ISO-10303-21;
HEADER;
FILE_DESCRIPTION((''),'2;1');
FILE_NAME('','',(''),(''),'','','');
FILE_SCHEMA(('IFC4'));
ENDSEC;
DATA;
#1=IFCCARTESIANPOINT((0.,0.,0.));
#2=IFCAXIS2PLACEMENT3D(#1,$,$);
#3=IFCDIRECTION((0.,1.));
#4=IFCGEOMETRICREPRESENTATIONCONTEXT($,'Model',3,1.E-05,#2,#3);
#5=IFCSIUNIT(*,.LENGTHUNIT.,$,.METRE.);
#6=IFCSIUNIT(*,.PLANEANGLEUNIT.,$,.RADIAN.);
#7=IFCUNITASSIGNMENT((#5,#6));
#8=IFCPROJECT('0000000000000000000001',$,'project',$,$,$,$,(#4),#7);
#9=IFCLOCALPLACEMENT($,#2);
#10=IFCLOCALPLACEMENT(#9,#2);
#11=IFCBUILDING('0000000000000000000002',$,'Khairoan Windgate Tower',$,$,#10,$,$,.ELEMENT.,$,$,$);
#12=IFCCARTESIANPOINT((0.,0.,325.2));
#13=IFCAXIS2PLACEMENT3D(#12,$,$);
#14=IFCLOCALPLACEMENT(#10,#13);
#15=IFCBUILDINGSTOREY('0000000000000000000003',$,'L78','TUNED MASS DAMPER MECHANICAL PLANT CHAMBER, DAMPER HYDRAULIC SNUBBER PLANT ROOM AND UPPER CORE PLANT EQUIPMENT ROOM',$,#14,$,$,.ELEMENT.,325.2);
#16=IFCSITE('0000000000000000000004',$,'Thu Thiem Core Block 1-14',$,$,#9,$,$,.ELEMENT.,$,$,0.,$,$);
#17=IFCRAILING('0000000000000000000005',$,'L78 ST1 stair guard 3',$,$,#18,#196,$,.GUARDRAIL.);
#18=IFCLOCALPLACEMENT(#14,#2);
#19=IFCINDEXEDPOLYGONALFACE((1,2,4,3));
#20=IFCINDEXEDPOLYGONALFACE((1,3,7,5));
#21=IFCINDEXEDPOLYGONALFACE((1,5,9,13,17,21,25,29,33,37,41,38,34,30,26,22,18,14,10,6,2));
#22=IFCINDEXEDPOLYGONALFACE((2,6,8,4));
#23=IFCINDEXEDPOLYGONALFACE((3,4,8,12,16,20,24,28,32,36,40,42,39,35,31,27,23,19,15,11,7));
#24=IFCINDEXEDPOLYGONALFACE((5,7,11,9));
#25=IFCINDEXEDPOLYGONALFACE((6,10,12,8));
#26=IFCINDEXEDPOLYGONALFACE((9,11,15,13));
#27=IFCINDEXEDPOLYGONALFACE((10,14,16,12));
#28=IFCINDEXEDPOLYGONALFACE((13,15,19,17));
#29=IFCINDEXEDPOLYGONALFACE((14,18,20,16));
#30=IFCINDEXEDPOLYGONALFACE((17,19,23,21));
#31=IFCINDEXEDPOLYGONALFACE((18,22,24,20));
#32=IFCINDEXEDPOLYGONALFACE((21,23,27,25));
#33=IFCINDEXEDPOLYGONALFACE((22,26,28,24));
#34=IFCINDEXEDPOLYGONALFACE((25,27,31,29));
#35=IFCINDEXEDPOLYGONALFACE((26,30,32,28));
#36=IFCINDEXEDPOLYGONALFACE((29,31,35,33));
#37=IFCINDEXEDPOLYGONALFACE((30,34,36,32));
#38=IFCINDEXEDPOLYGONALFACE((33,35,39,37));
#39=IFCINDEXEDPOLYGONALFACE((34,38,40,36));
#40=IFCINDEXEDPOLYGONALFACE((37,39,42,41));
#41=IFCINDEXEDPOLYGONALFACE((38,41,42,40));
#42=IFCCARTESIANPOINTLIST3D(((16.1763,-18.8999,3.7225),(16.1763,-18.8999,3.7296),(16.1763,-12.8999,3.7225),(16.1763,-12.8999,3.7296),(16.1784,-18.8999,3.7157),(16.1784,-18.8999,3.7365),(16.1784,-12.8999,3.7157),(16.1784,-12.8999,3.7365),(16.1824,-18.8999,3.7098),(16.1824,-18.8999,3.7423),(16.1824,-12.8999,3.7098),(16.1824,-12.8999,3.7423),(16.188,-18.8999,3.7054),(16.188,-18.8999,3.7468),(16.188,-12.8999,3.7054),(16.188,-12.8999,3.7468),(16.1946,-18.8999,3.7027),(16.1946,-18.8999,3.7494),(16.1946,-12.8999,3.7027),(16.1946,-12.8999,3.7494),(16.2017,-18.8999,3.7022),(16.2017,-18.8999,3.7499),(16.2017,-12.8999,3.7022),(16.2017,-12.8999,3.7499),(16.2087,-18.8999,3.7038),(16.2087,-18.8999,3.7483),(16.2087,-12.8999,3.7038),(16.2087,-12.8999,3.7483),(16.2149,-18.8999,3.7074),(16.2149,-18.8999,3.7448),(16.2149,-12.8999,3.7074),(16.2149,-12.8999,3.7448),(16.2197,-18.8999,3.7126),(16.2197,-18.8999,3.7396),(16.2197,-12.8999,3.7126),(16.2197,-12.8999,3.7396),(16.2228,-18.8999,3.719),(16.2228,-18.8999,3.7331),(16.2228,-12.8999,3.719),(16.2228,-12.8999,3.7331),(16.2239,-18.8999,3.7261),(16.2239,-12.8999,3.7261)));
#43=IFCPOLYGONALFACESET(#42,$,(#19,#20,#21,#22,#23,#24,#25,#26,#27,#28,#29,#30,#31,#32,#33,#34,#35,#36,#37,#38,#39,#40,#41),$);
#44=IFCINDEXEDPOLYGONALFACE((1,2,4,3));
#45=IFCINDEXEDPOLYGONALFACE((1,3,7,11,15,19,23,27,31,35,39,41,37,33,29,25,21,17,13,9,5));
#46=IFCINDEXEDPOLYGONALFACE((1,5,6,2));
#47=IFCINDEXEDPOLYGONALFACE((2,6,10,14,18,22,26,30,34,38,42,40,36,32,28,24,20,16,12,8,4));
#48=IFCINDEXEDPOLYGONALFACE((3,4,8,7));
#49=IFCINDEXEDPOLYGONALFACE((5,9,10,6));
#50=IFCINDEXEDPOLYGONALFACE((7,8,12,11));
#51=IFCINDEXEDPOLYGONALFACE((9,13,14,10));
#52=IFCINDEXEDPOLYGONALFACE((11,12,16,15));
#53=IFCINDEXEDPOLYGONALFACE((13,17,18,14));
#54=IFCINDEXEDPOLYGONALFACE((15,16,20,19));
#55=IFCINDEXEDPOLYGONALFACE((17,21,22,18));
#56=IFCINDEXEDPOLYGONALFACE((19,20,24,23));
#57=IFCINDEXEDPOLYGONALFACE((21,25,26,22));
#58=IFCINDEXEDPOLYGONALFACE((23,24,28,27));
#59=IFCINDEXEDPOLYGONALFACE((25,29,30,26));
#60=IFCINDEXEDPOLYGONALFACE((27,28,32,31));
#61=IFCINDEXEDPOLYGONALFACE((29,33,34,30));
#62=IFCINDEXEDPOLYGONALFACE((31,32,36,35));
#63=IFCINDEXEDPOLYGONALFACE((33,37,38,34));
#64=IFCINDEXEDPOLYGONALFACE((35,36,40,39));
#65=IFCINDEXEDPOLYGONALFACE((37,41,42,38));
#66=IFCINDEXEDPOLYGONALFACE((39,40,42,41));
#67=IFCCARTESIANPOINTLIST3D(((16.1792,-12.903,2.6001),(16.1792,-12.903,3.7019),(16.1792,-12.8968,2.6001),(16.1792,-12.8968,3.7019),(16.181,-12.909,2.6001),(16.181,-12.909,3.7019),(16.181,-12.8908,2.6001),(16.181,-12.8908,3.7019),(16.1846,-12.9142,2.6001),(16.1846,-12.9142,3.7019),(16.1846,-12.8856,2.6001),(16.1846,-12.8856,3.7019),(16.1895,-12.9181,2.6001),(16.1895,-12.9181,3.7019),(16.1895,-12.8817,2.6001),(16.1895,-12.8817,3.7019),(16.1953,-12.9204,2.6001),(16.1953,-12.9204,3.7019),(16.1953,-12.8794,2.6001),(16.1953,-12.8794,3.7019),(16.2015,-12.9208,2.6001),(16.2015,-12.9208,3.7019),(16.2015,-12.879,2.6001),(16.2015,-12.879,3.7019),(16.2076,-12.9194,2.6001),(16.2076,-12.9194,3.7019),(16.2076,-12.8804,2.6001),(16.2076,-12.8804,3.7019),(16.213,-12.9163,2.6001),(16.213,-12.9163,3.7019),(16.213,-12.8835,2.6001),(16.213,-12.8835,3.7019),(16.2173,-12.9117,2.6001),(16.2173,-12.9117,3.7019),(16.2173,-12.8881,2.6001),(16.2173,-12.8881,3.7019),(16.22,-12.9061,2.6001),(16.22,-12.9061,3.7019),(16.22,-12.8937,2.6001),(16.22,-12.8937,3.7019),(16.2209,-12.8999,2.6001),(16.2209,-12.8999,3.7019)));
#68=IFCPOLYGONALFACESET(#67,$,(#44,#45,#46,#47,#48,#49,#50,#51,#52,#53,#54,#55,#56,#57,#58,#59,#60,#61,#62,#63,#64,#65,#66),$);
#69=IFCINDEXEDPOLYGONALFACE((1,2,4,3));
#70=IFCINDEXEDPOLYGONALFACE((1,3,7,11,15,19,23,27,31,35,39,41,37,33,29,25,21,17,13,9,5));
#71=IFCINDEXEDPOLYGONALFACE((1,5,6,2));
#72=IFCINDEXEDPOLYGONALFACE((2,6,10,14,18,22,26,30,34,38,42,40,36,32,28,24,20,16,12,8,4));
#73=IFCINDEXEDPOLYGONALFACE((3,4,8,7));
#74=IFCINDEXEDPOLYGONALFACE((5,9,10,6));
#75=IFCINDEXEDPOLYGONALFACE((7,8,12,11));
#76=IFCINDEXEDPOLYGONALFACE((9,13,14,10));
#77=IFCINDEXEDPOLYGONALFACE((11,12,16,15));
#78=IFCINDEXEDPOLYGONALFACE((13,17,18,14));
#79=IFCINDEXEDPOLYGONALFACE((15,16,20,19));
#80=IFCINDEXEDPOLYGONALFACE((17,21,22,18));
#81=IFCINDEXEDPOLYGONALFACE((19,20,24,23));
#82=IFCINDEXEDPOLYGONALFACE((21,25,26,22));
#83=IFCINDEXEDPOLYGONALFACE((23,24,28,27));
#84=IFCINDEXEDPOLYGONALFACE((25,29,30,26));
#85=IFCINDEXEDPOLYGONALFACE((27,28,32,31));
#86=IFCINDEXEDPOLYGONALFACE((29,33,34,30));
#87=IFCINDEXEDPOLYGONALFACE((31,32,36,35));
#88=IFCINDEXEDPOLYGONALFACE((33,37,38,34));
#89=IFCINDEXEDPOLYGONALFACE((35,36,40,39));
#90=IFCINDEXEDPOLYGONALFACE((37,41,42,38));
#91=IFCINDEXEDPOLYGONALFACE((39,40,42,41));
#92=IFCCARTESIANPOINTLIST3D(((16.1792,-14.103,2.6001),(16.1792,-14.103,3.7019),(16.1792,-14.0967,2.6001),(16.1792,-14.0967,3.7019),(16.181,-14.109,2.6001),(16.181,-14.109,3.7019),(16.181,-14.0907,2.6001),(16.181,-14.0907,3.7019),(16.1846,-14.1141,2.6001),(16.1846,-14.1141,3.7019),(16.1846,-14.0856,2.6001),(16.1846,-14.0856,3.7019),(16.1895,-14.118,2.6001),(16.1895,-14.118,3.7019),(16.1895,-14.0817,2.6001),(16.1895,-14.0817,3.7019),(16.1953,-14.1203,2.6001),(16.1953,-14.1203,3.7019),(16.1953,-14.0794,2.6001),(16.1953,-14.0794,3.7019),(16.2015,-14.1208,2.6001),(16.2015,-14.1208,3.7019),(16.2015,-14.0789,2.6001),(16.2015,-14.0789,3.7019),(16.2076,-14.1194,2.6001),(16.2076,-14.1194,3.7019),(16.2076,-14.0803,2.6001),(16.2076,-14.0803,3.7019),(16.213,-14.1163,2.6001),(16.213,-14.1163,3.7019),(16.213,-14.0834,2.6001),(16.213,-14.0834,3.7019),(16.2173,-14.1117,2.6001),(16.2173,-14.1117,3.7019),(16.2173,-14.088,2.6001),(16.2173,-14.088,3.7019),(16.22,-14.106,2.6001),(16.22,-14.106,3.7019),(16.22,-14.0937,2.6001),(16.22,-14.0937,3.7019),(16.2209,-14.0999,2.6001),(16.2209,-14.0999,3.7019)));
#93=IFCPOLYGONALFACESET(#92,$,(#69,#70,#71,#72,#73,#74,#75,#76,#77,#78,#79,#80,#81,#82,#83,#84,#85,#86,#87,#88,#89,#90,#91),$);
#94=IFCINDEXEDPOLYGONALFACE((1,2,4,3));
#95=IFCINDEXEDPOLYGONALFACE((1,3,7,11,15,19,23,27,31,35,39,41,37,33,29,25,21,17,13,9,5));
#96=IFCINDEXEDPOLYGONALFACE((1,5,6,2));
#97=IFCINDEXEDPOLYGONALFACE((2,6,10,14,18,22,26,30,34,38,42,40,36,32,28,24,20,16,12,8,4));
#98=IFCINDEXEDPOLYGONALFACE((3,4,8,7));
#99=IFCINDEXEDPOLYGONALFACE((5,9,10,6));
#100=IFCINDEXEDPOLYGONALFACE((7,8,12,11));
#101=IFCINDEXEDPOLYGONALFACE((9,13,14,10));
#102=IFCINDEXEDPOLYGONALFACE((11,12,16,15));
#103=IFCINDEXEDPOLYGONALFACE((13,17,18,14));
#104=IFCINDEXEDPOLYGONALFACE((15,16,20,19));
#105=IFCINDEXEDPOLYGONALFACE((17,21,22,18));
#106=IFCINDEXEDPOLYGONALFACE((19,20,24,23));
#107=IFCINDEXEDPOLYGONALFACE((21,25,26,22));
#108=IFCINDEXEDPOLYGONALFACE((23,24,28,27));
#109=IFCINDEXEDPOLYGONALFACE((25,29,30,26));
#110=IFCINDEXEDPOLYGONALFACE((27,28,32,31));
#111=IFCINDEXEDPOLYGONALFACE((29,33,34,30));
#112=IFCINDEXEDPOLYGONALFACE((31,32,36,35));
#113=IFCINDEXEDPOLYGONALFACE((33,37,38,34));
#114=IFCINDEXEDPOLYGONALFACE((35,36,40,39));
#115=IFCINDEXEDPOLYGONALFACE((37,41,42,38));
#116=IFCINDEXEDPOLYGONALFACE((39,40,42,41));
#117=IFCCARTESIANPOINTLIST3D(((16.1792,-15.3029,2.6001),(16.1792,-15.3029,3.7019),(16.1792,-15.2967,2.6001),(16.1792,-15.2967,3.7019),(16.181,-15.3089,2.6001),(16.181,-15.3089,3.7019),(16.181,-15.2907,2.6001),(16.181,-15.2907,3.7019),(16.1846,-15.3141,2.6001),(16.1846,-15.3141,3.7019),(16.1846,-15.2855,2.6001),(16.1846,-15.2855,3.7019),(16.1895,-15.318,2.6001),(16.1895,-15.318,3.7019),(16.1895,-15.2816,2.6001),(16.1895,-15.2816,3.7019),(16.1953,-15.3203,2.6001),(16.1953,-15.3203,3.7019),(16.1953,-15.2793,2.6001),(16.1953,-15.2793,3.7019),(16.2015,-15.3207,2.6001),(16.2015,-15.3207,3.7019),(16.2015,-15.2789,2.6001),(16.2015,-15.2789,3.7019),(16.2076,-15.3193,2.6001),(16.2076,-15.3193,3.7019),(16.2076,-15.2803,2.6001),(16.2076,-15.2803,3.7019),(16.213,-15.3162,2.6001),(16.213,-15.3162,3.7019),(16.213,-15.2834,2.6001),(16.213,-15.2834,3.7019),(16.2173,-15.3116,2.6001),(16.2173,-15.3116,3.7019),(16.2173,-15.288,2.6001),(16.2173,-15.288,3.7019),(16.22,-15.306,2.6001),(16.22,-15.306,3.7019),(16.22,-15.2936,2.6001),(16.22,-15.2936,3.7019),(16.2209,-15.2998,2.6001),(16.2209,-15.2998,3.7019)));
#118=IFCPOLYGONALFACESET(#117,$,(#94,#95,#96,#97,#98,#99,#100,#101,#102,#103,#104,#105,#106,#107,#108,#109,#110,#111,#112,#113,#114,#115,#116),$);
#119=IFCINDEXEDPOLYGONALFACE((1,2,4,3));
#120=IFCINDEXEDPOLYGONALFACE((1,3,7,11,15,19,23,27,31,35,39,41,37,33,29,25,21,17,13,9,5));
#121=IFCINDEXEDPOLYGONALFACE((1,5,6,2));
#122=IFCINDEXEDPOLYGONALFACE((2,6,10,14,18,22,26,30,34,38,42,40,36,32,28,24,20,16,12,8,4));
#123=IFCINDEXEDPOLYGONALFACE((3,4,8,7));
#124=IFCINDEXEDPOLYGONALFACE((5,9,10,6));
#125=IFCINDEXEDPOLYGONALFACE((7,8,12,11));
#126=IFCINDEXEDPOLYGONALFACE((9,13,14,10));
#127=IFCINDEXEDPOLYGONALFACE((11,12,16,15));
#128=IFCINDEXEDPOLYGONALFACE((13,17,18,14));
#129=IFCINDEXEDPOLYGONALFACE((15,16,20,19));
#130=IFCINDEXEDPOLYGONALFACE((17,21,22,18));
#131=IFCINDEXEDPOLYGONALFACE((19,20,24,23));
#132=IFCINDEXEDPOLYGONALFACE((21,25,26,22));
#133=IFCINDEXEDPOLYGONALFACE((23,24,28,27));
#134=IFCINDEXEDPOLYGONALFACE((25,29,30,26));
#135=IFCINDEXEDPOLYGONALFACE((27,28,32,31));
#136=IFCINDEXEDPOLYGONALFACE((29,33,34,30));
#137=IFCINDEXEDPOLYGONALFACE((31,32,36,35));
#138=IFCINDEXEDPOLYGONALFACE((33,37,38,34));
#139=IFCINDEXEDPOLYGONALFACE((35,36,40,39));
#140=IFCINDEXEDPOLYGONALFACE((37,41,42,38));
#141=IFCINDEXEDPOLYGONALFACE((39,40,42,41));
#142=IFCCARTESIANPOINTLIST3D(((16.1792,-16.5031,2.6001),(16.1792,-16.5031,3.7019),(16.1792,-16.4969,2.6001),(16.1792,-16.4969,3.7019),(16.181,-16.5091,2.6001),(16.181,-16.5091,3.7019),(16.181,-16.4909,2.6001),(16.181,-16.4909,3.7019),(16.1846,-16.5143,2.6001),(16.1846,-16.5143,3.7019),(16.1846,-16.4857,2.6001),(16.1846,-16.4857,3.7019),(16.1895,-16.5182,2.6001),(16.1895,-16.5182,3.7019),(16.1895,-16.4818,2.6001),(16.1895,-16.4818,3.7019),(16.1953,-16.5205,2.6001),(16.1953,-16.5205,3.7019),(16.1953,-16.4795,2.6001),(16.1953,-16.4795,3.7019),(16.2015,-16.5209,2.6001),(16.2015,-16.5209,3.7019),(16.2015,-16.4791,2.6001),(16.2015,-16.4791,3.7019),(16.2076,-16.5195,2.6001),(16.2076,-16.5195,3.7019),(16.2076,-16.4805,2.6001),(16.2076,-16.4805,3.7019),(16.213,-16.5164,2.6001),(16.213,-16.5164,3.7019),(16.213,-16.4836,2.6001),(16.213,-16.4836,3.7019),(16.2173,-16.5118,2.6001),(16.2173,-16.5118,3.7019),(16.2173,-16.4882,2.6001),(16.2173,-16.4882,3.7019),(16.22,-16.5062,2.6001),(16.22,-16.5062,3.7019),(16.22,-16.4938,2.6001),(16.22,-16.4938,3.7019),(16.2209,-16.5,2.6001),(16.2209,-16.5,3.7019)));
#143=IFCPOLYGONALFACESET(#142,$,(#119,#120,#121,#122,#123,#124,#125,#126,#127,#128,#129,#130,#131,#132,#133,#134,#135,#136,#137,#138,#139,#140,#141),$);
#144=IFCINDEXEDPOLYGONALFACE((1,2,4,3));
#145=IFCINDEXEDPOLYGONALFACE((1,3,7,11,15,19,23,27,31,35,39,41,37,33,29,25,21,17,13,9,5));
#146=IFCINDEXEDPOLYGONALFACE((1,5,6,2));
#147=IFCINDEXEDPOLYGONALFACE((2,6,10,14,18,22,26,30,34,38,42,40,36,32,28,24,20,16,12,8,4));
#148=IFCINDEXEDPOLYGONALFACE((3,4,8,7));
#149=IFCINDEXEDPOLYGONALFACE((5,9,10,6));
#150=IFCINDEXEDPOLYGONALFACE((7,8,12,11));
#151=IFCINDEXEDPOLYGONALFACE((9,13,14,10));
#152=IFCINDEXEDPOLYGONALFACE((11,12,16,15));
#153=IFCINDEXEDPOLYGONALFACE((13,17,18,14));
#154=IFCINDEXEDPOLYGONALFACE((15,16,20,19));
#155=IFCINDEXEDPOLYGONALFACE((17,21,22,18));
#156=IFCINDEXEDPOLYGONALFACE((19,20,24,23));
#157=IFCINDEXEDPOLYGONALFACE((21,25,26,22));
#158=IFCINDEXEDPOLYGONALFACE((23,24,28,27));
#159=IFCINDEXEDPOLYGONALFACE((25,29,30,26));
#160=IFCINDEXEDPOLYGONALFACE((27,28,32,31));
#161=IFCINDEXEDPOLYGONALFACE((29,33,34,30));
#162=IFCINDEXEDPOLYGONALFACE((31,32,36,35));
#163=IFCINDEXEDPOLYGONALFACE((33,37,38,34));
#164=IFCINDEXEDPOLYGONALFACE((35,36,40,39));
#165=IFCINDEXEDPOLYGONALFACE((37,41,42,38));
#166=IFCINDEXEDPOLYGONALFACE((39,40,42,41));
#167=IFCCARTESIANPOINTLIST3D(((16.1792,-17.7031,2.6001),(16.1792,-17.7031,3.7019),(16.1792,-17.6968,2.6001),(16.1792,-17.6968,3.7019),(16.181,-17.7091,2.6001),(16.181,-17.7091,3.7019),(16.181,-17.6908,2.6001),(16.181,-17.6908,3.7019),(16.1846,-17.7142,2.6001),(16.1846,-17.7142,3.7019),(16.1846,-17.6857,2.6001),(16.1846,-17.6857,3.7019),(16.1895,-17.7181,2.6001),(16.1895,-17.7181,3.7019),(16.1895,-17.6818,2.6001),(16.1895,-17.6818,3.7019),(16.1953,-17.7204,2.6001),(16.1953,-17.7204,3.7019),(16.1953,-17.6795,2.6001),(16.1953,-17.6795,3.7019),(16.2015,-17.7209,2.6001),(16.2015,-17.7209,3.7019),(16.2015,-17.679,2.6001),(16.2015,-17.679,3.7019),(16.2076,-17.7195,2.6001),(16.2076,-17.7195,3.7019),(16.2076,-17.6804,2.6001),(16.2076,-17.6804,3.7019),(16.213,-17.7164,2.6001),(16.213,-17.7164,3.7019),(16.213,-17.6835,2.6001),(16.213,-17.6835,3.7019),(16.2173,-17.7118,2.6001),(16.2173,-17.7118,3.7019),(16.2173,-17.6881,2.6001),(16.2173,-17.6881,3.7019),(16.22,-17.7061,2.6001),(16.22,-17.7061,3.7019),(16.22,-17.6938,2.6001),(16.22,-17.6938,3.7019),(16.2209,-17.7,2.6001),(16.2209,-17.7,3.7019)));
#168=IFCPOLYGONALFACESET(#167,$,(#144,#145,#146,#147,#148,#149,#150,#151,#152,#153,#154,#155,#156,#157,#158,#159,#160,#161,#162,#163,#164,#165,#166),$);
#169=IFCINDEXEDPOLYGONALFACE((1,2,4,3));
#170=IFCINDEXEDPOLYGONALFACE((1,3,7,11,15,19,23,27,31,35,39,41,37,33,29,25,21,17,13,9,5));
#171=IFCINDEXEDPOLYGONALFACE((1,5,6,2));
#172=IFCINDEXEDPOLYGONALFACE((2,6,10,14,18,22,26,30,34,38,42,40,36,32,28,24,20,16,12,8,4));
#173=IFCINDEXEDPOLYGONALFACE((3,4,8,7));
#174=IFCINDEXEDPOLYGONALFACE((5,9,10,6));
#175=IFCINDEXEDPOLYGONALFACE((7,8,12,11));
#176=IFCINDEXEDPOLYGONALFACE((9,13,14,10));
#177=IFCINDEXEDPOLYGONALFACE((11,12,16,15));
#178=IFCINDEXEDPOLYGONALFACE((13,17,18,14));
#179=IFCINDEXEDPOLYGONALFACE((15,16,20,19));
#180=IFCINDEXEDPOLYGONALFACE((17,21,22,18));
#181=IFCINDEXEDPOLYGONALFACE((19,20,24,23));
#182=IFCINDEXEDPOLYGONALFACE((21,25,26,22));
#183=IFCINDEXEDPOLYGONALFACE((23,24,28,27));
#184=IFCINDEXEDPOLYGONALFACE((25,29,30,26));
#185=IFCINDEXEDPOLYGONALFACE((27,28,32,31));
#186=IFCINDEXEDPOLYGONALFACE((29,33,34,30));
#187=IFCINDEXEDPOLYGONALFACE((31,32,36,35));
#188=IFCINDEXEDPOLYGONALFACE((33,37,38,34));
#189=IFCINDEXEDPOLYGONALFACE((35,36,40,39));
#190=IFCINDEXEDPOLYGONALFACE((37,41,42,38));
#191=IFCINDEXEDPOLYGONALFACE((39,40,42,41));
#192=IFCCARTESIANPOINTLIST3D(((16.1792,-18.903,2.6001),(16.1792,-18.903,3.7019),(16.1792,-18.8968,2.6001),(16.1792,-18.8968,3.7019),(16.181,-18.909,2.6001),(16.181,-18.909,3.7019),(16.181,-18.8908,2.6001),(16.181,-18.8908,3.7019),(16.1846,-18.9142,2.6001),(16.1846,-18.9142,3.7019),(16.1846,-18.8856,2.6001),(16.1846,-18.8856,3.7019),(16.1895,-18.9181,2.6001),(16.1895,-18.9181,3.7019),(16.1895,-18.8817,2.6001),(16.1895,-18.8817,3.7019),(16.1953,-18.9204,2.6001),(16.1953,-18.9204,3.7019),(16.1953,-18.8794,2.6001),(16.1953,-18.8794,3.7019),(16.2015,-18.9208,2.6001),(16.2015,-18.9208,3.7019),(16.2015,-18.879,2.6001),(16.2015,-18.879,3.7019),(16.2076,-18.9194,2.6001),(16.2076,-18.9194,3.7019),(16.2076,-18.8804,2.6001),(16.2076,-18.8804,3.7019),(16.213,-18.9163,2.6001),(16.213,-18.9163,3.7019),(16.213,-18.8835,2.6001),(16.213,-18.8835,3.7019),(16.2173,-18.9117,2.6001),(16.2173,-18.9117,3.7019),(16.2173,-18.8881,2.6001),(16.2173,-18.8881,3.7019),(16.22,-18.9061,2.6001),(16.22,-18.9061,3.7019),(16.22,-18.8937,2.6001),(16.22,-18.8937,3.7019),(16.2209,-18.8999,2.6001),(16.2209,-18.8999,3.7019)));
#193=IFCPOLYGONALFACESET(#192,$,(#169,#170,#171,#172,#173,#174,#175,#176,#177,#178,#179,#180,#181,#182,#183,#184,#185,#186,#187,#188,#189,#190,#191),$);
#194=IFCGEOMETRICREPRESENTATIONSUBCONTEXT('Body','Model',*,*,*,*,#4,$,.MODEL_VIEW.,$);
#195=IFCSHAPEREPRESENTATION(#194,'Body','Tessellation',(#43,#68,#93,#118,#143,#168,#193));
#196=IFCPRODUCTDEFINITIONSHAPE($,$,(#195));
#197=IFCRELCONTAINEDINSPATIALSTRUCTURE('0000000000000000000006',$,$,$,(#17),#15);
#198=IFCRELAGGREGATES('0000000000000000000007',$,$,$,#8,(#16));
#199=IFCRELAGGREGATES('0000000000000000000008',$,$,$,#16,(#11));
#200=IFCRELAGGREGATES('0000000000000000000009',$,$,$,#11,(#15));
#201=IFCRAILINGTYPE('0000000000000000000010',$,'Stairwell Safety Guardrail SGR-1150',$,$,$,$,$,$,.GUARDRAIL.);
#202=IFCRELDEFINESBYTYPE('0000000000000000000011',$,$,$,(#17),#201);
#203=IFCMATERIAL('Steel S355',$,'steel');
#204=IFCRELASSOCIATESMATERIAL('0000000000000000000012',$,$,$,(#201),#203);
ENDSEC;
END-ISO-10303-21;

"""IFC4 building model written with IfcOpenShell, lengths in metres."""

from ifc_helpers import new_model, si_unit, direction, frame, origin, origin_2d, place, context, subcontext, project, spatial, circle, extrude, material, type_object, element, save


model = new_model("IFC4")

# Units and contexts
model_context = context("Model", 3, precision=1e-05, world=origin(), true_north=direction((0.0, 1.0)))
body_context = subcontext(model_context, "Body", "Model", "MODEL_VIEW")
ifc_project = project(units=[si_unit("LENGTHUNIT", "METRE"), si_unit("PLANEANGLEUNIT", "RADIAN")], contexts=[model_context])

# Site, building, storey
site_placement = place(None, origin())
site = spatial("IfcSite", under=ifc_project, at=site_placement, Name="Thu Thiem Core Block 1-14", CompositionType="ELEMENT", RefElevation=0.0)
building_placement = place(site_placement, origin())
building = spatial("IfcBuilding", under=site, at=building_placement, Name="Khairoan Windgate Tower", CompositionType="ELEMENT")
storey_placement = place(building_placement, frame((0.0, 0.0, 325.2)))
storey = spatial("IfcBuildingStorey", under=building, at=storey_placement, Name="L78", Description="TUNED MASS DAMPER MECHANICAL PLANT CHAMBER, DAMPER HYDRAULIC SNUBBER PLANT ROOM AND UPPER CORE PLANT EQUIPMENT ROOM", CompositionType="ELEMENT", Elevation=325.2)

# Railing
ifc_material_1 = material(Name="Steel S355", Category="steel")
railing_type_1 = type_object("IfcRailingType", Name="Stairwell Safety Guardrail SGR-1150", PredefinedType="GUARDRAIL", material=ifc_material_1)
for number, where, name in (
    (1, (16.2, -12.8999, 2.6001), "L78 ST1 stair guard 3"),
):
    element("IfcRailing", number, at=place(storey_placement, frame(where)), inside=storey, type_object=railing_type_1, Name=name, PredefinedType="GUARDRAIL", context=body_context, shape_type="SweptSolid", body=[
        extrude(circle(Radius=0.0239, at=origin_2d()), frame((0.0, 0.0, 1.126), z_axis=(0.0, -1.0, 0.0), x_axis=(1.0, 0.0, 0.0)), (0.0, 0.0, 1.0), 6.0),
        extrude(circle(Radius=0.021, at=origin_2d()), origin(), (0.0, 0.0, 1.0), 1.1018),
        extrude(circle(Radius=0.021, at=origin_2d()), frame((0.0, -1.2, 0.0)), (0.0, 0.0, 1.0), 1.1018),
        extrude(circle(Radius=0.021, at=origin_2d()), frame((0.0, -2.3999, 0.0)), (0.0, 0.0, 1.0), 1.1018),
        extrude(circle(Radius=0.021, at=origin_2d()), frame((0.0, -3.6001, 0.0)), (0.0, 0.0, 1.0), 1.1018),
        extrude(circle(Radius=0.021, at=origin_2d()), frame((0.0, -4.8, 0.0)), (0.0, 0.0, 1.0), 1.1018),
        extrude(circle(Radius=0.021, at=origin_2d()), frame((0.0, -6.0, 0.0)), (0.0, 0.0, 1.0), 1.1018),
    ])

save(model, "model.ifc")
